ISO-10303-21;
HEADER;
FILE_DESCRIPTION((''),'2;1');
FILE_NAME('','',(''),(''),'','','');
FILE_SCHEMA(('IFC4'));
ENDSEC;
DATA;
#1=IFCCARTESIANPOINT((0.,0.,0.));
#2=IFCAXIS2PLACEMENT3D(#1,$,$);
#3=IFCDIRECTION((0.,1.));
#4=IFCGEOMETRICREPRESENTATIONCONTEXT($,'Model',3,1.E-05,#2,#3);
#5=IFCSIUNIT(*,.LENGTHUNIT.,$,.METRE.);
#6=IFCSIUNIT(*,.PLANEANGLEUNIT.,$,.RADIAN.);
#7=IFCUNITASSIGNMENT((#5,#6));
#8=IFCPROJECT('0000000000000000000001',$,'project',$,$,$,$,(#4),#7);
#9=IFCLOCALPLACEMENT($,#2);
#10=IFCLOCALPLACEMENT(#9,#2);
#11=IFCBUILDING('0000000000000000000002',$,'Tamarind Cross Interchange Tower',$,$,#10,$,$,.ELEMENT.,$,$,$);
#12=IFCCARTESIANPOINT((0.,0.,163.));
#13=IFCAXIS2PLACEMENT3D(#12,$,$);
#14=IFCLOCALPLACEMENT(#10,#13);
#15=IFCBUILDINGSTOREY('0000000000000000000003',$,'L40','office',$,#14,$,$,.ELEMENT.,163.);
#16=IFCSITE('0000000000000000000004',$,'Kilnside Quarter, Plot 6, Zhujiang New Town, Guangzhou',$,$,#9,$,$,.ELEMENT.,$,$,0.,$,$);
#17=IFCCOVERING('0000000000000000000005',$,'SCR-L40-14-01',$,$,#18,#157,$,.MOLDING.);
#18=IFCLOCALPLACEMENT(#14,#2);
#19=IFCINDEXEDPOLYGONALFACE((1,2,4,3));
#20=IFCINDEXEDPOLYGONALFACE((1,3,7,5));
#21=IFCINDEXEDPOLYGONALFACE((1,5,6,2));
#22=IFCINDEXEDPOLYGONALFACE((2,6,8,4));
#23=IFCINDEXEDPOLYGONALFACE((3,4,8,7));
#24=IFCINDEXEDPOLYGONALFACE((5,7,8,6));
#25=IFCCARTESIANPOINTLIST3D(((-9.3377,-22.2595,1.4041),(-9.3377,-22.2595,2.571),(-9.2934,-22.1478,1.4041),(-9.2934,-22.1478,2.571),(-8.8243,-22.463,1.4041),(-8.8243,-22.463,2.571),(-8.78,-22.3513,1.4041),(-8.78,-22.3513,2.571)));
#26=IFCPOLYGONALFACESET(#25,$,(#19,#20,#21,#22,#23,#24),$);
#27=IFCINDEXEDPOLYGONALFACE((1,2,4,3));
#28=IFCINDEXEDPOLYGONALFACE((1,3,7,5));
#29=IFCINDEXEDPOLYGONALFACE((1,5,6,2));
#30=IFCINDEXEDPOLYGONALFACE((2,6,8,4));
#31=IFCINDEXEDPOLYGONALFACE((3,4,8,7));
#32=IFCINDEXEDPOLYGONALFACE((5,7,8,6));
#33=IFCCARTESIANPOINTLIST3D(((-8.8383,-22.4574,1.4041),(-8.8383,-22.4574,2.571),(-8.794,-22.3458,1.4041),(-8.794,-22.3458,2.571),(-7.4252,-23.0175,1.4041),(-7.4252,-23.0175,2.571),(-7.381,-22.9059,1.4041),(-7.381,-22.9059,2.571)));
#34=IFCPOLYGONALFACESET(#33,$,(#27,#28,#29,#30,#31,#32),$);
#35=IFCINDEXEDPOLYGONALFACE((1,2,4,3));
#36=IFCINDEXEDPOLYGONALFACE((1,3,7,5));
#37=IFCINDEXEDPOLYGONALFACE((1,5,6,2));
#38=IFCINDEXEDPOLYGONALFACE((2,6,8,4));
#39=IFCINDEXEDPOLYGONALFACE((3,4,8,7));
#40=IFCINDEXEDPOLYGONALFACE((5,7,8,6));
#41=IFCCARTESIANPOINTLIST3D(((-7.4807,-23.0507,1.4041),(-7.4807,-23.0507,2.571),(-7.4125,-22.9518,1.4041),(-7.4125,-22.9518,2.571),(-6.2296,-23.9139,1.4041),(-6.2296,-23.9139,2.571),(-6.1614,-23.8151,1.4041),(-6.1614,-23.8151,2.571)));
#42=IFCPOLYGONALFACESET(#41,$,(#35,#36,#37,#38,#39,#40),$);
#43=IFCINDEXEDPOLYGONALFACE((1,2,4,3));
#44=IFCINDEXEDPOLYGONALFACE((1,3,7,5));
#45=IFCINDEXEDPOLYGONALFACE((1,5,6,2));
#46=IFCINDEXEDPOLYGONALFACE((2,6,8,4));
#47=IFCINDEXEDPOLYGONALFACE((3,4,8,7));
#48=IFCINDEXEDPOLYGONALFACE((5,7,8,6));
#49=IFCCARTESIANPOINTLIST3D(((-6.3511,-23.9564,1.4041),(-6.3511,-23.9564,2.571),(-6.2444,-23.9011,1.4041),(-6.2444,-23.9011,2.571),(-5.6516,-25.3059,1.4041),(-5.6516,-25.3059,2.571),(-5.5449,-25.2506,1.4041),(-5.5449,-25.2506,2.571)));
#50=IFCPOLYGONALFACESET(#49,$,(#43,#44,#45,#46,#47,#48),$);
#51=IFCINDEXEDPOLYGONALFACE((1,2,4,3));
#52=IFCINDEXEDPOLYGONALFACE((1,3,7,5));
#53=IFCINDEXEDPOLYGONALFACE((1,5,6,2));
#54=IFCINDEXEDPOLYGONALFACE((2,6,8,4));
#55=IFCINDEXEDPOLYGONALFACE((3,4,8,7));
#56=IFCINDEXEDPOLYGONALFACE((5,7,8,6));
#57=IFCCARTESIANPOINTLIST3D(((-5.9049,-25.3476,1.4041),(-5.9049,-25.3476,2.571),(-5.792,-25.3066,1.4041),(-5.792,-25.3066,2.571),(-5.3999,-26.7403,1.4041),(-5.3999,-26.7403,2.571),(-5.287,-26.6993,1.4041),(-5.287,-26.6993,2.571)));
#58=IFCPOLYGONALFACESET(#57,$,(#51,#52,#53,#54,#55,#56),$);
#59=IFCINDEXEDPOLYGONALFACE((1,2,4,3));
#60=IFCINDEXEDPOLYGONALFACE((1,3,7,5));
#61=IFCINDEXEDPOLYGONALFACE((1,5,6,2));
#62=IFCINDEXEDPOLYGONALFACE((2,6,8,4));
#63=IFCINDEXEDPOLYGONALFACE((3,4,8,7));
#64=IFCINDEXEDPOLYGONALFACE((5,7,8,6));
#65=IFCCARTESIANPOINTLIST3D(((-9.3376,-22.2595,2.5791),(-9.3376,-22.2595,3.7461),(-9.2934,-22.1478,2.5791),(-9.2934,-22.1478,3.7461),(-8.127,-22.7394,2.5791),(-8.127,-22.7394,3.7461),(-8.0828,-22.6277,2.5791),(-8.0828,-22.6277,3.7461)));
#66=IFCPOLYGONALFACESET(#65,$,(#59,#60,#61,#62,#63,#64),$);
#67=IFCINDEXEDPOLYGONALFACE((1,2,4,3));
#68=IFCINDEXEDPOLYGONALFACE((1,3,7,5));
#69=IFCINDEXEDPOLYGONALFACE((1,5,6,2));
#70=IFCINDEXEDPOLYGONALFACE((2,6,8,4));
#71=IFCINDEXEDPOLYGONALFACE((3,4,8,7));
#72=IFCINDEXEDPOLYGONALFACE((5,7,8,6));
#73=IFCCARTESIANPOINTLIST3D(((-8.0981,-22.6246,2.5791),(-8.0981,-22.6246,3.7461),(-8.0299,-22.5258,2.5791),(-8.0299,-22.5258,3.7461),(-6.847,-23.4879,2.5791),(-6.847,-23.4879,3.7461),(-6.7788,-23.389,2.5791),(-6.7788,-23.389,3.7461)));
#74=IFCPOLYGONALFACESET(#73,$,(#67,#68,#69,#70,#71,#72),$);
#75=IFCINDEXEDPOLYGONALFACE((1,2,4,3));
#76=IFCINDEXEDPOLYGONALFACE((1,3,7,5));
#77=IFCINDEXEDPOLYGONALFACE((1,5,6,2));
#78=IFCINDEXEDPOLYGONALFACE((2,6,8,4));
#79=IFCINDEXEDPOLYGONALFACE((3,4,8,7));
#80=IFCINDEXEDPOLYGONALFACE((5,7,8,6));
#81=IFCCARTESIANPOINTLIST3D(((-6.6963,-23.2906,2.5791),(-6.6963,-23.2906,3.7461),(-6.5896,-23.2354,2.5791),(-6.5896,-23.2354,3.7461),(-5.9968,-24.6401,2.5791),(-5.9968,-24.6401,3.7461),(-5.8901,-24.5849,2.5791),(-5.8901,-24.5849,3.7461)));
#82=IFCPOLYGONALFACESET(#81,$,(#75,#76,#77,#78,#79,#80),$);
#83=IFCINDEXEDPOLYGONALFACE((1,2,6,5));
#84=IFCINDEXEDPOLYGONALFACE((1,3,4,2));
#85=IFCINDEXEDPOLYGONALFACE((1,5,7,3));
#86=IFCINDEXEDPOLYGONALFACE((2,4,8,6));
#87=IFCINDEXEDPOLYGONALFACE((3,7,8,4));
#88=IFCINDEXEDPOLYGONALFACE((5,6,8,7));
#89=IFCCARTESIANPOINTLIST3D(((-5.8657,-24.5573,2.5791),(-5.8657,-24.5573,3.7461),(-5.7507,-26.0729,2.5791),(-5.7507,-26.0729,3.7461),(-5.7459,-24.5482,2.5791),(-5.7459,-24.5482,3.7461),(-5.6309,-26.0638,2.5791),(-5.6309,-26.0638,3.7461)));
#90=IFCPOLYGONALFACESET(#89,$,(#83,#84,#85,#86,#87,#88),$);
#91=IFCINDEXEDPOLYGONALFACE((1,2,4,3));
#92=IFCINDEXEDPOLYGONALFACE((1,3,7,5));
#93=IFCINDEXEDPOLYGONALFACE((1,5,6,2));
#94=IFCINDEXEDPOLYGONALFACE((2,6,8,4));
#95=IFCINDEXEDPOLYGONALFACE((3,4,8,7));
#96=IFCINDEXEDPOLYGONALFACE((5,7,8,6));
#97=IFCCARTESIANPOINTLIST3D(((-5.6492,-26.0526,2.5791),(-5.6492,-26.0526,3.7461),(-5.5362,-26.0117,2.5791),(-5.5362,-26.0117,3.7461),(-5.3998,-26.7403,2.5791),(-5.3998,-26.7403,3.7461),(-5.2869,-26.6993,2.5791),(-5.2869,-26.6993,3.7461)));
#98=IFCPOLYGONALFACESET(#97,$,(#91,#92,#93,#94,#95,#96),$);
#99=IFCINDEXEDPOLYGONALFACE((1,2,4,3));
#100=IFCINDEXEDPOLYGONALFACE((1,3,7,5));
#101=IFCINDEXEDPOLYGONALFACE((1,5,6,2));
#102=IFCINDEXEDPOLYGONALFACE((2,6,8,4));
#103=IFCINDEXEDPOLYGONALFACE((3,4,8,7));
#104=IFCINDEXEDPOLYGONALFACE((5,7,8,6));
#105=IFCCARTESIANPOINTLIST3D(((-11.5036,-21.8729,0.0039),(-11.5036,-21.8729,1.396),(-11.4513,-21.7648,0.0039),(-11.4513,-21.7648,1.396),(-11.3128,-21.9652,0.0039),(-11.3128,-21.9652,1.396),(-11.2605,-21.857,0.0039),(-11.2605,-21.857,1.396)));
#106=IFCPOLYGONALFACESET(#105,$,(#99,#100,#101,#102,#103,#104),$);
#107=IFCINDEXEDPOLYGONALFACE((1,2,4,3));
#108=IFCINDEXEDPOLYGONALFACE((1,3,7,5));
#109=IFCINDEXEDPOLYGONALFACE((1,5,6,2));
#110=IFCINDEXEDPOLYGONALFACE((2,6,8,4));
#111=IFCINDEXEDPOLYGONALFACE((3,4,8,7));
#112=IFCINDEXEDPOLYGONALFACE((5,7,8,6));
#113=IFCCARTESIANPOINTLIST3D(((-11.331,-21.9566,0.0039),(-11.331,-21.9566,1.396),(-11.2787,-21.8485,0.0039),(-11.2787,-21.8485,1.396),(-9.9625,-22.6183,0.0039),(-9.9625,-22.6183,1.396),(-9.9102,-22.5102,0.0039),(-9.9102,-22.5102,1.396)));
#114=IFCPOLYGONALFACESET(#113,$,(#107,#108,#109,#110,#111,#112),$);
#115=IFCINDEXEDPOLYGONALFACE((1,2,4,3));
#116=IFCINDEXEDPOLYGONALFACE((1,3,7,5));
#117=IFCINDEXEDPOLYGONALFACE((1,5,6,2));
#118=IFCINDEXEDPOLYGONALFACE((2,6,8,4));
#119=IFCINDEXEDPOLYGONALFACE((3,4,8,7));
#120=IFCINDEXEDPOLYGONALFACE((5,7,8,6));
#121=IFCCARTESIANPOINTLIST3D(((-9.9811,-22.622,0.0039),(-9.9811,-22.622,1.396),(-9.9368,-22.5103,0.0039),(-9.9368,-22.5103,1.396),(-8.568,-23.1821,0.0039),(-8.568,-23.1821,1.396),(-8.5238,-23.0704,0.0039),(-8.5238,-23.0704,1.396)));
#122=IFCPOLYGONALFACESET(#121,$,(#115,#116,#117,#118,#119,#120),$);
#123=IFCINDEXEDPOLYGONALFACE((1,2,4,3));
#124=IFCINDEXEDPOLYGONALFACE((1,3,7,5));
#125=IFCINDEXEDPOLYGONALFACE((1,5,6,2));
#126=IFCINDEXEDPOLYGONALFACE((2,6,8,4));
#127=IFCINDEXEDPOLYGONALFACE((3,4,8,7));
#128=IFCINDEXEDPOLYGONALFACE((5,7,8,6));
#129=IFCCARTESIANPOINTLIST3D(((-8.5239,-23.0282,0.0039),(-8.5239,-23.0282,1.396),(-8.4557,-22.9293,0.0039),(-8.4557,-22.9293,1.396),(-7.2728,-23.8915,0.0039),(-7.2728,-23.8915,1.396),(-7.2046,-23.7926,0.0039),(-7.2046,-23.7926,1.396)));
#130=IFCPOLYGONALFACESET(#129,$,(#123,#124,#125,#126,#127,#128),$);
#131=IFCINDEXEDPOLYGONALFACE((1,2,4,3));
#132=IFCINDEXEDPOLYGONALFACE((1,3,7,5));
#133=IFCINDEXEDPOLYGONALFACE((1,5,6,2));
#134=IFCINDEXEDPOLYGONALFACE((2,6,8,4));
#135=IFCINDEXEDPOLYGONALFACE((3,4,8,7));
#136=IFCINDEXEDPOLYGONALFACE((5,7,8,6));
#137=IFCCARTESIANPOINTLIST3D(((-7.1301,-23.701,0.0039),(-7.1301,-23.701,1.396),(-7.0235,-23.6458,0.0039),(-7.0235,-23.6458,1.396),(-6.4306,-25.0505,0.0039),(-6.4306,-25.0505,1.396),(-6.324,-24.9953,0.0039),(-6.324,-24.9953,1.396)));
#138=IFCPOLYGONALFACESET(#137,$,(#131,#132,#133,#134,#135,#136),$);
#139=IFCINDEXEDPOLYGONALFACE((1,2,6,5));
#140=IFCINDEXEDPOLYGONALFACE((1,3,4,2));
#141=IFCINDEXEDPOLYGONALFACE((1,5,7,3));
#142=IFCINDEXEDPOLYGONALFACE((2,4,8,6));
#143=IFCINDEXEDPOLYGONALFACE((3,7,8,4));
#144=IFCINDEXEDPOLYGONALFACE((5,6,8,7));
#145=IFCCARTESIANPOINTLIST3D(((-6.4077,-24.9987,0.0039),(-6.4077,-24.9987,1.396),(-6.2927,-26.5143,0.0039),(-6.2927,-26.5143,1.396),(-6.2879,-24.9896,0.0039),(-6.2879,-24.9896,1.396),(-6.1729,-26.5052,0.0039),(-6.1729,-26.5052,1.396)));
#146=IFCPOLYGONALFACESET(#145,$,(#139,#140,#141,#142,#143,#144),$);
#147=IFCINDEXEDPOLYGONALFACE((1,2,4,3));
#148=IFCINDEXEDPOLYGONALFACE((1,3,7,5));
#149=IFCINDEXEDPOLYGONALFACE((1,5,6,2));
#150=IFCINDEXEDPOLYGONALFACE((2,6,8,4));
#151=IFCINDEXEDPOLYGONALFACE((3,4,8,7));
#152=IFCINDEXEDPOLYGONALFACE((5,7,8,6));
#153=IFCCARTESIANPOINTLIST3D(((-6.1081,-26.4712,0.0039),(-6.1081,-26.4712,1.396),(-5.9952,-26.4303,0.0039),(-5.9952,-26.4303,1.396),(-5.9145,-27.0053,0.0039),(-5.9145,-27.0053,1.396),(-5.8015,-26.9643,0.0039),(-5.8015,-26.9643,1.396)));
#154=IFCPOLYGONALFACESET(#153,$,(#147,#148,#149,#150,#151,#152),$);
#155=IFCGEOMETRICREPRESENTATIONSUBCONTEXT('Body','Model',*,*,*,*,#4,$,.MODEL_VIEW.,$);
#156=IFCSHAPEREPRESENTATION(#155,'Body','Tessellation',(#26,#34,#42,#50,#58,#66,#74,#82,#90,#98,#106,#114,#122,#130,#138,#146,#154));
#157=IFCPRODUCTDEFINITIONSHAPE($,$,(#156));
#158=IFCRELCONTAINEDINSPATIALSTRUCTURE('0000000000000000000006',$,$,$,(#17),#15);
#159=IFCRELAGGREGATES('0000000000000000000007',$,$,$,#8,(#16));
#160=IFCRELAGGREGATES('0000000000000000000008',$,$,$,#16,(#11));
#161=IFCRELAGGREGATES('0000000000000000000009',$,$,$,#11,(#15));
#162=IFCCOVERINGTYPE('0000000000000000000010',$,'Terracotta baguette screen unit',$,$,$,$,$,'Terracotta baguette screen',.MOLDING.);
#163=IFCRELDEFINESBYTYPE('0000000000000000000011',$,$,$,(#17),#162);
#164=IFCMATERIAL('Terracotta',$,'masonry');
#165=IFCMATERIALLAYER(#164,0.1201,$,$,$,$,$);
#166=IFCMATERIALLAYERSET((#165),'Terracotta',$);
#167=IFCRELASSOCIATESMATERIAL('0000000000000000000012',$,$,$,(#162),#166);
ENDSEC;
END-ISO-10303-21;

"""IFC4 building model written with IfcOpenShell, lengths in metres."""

from ifc_helpers import new_model, si_unit, direction, frame, origin, origin_2d, place, context, subcontext, project, spatial, rectangle, extrude, material, layer, layer_set, type_object, element, save


model = new_model("IFC4")

# Units and contexts
model_context = context("Model", 3, precision=1e-05, world=origin(), true_north=direction((0.0, 1.0)))
body_context = subcontext(model_context, "Body", "Model", "MODEL_VIEW")
ifc_project = project(units=[si_unit("LENGTHUNIT", "METRE"), si_unit("PLANEANGLEUNIT", "RADIAN")], contexts=[model_context])

# Site, building, storey
site_placement = place(None, origin())
site = spatial("IfcSite", under=ifc_project, at=site_placement, Name="Kilnside Quarter, Plot 6, Zhujiang New Town, Guangzhou", CompositionType="ELEMENT", RefElevation=0.0)
building_placement = place(site_placement, origin())
building = spatial("IfcBuilding", under=site, at=building_placement, Name="Tamarind Cross Interchange Tower", CompositionType="ELEMENT")
storey_placement = place(building_placement, frame((0.0, 0.0, 163.0)))
storey = spatial("IfcBuildingStorey", under=building, at=storey_placement, Name="L40", Description="office", CompositionType="ELEMENT", Elevation=163.0)

# Covering
ifc_material_1 = material(Name="Terracotta", Category="masonry")
ifc_layer_1 = layer(ifc_material_1, 0.1201)
ifc_layer_set_1 = layer_set([ifc_layer_1], Name="Terracotta")
covering_type = type_object("IfcCoveringType", Name="Terracotta baguette screen unit", ElementType="Terracotta baguette screen", PredefinedType="MOLDING", material=ifc_layer_set_1)
covering_1_placement = place(storey_placement, origin())
element("IfcCovering", 1, at=covering_1_placement, inside=storey, type_object=covering_type, Name="SCR-L40-14-01", PredefinedType="MOLDING", context=body_context, shape_type="SweptSolid", body=[
    extrude(rectangle(XDim=0.5522, YDim=0.1201, at=origin_2d()), frame((-9.0588, -22.3054, 1.4041), z_axis=(0.0, 0.0, 1.0), x_axis=(0.929639, -0.368473, 0.0)), (0.0, 0.0, 1.0), 1.167),
    extrude(rectangle(XDim=1.52, YDim=0.1201, at=origin_2d()), frame((-8.1096, -22.6816, 1.4041), z_axis=(0.0, 0.0, 1.0), x_axis=(0.929639, -0.368473, 0.0)), (0.0, 0.0, 1.0), 1.167),
    extrude(rectangle(XDim=1.52, YDim=0.1201, at=origin_2d()), frame((-6.821, -23.4329, 1.4041), z_axis=(0.0, 0.0, 1.0), x_axis=(0.823086, -0.567917, 0.0)), (0.0, 0.0, 1.0), 1.167),
    extrude(rectangle(XDim=1.52, YDim=0.1201, at=origin_2d()), frame((-5.948, -24.6035, 1.4041), z_axis=(0.0, 0.0, 1.0), x_axis=(0.460192, -0.88782, 0.0)), (0.0, 0.0, 1.0), 1.167),
    extrude(rectangle(XDim=1.4814, YDim=0.1201, at=origin_2d()), frame((-5.5959, -26.0234, 1.4041), z_axis=(0.0, 0.0, 1.0), x_axis=(0.340894, -0.940102, 0.0)), (0.0, 0.0, 1.0), 1.167),
    extrude(rectangle(XDim=1.3022, YDim=0.1201, at=origin_2d()), frame((-8.7102, -22.4436, 2.5791), z_axis=(0.0, 0.0, 1.0), x_axis=(0.929639, -0.368473, 0.0)), (0.0, 0.0, 1.0), 1.167),
    extrude(rectangle(XDim=1.52, YDim=0.1201, at=origin_2d()), frame((-7.4385, -23.0068, 2.5791), z_axis=(0.0, 0.0, 1.0), x_axis=(0.823086, -0.567917, 0.0)), (0.0, 0.0, 1.0), 1.167),
    extrude(rectangle(XDim=1.52, YDim=0.1201, at=origin_2d()), frame((-6.2932, -23.9377, 2.5791), z_axis=(0.0, 0.0, 1.0), x_axis=(0.460192, -0.88782, 0.0)), (0.0, 0.0, 1.0), 1.167),
    extrude(rectangle(XDim=1.52, YDim=0.1201, at=origin_2d()), frame((-5.7483, -25.3105, 2.5791), z_axis=(0.0, 0.0, 1.0), x_axis=(0.075666, -0.997133, 0.0)), (0.0, 0.0, 1.0), 1.167),
    extrude(rectangle(XDim=0.7314, YDim=0.1201, at=origin_2d()), frame((-5.468, -26.376, 2.5791), z_axis=(0.0, 0.0, 1.0), x_axis=(0.340894, -0.940102, 0.0)), (0.0, 0.0, 1.0), 1.167),
    extrude(rectangle(XDim=0.2119, YDim=0.1201, at=origin_2d()), frame((-11.3821, -21.865, 0.0039), z_axis=(0.0, 0.0, 1.0), x_axis=(0.900273, -0.435326, 0.0)), (0.0, 0.0, 1.0), 1.3921),
    extrude(rectangle(XDim=1.52, YDim=0.1201, at=origin_2d()), frame((-10.6206, -22.2334, 0.0039), z_axis=(0.0, 0.0, 1.0), x_axis=(0.900273, -0.435326, 0.0)), (0.0, 0.0, 1.0), 1.3921),
    extrude(rectangle(XDim=1.52, YDim=0.1201, at=origin_2d()), frame((-9.2524, -22.8462, 0.0039), z_axis=(0.0, 0.0, 1.0), x_axis=(0.929639, -0.368473, 0.0)), (0.0, 0.0, 1.0), 1.3921),
    extrude(rectangle(XDim=1.52, YDim=0.1201, at=origin_2d()), frame((-7.8643, -23.4104, 0.0039), z_axis=(0.0, 0.0, 1.0), x_axis=(0.823086, -0.567917, 0.0)), (0.0, 0.0, 1.0), 1.3921),
    extrude(rectangle(XDim=1.52, YDim=0.1201, at=origin_2d()), frame((-6.7271, -24.3481, 0.0039), z_axis=(0.0, 0.0, 1.0), x_axis=(0.460192, -0.88782, 0.0)), (0.0, 0.0, 1.0), 1.3921),
    extrude(rectangle(XDim=1.52, YDim=0.1201, at=origin_2d()), frame((-6.2903, -25.752, 0.0039), z_axis=(0.0, 0.0, 1.0), x_axis=(0.075666, -0.997133, 0.0)), (0.0, 0.0, 1.0), 1.3921),
    extrude(rectangle(XDim=0.5681, YDim=0.1201, at=origin_2d()), frame((-5.9548, -26.7178, 0.0039), z_axis=(0.0, 0.0, 1.0), x_axis=(0.340894, -0.940102, 0.0)), (0.0, 0.0, 1.0), 1.3921),
])

save(model, "model.ifc")
